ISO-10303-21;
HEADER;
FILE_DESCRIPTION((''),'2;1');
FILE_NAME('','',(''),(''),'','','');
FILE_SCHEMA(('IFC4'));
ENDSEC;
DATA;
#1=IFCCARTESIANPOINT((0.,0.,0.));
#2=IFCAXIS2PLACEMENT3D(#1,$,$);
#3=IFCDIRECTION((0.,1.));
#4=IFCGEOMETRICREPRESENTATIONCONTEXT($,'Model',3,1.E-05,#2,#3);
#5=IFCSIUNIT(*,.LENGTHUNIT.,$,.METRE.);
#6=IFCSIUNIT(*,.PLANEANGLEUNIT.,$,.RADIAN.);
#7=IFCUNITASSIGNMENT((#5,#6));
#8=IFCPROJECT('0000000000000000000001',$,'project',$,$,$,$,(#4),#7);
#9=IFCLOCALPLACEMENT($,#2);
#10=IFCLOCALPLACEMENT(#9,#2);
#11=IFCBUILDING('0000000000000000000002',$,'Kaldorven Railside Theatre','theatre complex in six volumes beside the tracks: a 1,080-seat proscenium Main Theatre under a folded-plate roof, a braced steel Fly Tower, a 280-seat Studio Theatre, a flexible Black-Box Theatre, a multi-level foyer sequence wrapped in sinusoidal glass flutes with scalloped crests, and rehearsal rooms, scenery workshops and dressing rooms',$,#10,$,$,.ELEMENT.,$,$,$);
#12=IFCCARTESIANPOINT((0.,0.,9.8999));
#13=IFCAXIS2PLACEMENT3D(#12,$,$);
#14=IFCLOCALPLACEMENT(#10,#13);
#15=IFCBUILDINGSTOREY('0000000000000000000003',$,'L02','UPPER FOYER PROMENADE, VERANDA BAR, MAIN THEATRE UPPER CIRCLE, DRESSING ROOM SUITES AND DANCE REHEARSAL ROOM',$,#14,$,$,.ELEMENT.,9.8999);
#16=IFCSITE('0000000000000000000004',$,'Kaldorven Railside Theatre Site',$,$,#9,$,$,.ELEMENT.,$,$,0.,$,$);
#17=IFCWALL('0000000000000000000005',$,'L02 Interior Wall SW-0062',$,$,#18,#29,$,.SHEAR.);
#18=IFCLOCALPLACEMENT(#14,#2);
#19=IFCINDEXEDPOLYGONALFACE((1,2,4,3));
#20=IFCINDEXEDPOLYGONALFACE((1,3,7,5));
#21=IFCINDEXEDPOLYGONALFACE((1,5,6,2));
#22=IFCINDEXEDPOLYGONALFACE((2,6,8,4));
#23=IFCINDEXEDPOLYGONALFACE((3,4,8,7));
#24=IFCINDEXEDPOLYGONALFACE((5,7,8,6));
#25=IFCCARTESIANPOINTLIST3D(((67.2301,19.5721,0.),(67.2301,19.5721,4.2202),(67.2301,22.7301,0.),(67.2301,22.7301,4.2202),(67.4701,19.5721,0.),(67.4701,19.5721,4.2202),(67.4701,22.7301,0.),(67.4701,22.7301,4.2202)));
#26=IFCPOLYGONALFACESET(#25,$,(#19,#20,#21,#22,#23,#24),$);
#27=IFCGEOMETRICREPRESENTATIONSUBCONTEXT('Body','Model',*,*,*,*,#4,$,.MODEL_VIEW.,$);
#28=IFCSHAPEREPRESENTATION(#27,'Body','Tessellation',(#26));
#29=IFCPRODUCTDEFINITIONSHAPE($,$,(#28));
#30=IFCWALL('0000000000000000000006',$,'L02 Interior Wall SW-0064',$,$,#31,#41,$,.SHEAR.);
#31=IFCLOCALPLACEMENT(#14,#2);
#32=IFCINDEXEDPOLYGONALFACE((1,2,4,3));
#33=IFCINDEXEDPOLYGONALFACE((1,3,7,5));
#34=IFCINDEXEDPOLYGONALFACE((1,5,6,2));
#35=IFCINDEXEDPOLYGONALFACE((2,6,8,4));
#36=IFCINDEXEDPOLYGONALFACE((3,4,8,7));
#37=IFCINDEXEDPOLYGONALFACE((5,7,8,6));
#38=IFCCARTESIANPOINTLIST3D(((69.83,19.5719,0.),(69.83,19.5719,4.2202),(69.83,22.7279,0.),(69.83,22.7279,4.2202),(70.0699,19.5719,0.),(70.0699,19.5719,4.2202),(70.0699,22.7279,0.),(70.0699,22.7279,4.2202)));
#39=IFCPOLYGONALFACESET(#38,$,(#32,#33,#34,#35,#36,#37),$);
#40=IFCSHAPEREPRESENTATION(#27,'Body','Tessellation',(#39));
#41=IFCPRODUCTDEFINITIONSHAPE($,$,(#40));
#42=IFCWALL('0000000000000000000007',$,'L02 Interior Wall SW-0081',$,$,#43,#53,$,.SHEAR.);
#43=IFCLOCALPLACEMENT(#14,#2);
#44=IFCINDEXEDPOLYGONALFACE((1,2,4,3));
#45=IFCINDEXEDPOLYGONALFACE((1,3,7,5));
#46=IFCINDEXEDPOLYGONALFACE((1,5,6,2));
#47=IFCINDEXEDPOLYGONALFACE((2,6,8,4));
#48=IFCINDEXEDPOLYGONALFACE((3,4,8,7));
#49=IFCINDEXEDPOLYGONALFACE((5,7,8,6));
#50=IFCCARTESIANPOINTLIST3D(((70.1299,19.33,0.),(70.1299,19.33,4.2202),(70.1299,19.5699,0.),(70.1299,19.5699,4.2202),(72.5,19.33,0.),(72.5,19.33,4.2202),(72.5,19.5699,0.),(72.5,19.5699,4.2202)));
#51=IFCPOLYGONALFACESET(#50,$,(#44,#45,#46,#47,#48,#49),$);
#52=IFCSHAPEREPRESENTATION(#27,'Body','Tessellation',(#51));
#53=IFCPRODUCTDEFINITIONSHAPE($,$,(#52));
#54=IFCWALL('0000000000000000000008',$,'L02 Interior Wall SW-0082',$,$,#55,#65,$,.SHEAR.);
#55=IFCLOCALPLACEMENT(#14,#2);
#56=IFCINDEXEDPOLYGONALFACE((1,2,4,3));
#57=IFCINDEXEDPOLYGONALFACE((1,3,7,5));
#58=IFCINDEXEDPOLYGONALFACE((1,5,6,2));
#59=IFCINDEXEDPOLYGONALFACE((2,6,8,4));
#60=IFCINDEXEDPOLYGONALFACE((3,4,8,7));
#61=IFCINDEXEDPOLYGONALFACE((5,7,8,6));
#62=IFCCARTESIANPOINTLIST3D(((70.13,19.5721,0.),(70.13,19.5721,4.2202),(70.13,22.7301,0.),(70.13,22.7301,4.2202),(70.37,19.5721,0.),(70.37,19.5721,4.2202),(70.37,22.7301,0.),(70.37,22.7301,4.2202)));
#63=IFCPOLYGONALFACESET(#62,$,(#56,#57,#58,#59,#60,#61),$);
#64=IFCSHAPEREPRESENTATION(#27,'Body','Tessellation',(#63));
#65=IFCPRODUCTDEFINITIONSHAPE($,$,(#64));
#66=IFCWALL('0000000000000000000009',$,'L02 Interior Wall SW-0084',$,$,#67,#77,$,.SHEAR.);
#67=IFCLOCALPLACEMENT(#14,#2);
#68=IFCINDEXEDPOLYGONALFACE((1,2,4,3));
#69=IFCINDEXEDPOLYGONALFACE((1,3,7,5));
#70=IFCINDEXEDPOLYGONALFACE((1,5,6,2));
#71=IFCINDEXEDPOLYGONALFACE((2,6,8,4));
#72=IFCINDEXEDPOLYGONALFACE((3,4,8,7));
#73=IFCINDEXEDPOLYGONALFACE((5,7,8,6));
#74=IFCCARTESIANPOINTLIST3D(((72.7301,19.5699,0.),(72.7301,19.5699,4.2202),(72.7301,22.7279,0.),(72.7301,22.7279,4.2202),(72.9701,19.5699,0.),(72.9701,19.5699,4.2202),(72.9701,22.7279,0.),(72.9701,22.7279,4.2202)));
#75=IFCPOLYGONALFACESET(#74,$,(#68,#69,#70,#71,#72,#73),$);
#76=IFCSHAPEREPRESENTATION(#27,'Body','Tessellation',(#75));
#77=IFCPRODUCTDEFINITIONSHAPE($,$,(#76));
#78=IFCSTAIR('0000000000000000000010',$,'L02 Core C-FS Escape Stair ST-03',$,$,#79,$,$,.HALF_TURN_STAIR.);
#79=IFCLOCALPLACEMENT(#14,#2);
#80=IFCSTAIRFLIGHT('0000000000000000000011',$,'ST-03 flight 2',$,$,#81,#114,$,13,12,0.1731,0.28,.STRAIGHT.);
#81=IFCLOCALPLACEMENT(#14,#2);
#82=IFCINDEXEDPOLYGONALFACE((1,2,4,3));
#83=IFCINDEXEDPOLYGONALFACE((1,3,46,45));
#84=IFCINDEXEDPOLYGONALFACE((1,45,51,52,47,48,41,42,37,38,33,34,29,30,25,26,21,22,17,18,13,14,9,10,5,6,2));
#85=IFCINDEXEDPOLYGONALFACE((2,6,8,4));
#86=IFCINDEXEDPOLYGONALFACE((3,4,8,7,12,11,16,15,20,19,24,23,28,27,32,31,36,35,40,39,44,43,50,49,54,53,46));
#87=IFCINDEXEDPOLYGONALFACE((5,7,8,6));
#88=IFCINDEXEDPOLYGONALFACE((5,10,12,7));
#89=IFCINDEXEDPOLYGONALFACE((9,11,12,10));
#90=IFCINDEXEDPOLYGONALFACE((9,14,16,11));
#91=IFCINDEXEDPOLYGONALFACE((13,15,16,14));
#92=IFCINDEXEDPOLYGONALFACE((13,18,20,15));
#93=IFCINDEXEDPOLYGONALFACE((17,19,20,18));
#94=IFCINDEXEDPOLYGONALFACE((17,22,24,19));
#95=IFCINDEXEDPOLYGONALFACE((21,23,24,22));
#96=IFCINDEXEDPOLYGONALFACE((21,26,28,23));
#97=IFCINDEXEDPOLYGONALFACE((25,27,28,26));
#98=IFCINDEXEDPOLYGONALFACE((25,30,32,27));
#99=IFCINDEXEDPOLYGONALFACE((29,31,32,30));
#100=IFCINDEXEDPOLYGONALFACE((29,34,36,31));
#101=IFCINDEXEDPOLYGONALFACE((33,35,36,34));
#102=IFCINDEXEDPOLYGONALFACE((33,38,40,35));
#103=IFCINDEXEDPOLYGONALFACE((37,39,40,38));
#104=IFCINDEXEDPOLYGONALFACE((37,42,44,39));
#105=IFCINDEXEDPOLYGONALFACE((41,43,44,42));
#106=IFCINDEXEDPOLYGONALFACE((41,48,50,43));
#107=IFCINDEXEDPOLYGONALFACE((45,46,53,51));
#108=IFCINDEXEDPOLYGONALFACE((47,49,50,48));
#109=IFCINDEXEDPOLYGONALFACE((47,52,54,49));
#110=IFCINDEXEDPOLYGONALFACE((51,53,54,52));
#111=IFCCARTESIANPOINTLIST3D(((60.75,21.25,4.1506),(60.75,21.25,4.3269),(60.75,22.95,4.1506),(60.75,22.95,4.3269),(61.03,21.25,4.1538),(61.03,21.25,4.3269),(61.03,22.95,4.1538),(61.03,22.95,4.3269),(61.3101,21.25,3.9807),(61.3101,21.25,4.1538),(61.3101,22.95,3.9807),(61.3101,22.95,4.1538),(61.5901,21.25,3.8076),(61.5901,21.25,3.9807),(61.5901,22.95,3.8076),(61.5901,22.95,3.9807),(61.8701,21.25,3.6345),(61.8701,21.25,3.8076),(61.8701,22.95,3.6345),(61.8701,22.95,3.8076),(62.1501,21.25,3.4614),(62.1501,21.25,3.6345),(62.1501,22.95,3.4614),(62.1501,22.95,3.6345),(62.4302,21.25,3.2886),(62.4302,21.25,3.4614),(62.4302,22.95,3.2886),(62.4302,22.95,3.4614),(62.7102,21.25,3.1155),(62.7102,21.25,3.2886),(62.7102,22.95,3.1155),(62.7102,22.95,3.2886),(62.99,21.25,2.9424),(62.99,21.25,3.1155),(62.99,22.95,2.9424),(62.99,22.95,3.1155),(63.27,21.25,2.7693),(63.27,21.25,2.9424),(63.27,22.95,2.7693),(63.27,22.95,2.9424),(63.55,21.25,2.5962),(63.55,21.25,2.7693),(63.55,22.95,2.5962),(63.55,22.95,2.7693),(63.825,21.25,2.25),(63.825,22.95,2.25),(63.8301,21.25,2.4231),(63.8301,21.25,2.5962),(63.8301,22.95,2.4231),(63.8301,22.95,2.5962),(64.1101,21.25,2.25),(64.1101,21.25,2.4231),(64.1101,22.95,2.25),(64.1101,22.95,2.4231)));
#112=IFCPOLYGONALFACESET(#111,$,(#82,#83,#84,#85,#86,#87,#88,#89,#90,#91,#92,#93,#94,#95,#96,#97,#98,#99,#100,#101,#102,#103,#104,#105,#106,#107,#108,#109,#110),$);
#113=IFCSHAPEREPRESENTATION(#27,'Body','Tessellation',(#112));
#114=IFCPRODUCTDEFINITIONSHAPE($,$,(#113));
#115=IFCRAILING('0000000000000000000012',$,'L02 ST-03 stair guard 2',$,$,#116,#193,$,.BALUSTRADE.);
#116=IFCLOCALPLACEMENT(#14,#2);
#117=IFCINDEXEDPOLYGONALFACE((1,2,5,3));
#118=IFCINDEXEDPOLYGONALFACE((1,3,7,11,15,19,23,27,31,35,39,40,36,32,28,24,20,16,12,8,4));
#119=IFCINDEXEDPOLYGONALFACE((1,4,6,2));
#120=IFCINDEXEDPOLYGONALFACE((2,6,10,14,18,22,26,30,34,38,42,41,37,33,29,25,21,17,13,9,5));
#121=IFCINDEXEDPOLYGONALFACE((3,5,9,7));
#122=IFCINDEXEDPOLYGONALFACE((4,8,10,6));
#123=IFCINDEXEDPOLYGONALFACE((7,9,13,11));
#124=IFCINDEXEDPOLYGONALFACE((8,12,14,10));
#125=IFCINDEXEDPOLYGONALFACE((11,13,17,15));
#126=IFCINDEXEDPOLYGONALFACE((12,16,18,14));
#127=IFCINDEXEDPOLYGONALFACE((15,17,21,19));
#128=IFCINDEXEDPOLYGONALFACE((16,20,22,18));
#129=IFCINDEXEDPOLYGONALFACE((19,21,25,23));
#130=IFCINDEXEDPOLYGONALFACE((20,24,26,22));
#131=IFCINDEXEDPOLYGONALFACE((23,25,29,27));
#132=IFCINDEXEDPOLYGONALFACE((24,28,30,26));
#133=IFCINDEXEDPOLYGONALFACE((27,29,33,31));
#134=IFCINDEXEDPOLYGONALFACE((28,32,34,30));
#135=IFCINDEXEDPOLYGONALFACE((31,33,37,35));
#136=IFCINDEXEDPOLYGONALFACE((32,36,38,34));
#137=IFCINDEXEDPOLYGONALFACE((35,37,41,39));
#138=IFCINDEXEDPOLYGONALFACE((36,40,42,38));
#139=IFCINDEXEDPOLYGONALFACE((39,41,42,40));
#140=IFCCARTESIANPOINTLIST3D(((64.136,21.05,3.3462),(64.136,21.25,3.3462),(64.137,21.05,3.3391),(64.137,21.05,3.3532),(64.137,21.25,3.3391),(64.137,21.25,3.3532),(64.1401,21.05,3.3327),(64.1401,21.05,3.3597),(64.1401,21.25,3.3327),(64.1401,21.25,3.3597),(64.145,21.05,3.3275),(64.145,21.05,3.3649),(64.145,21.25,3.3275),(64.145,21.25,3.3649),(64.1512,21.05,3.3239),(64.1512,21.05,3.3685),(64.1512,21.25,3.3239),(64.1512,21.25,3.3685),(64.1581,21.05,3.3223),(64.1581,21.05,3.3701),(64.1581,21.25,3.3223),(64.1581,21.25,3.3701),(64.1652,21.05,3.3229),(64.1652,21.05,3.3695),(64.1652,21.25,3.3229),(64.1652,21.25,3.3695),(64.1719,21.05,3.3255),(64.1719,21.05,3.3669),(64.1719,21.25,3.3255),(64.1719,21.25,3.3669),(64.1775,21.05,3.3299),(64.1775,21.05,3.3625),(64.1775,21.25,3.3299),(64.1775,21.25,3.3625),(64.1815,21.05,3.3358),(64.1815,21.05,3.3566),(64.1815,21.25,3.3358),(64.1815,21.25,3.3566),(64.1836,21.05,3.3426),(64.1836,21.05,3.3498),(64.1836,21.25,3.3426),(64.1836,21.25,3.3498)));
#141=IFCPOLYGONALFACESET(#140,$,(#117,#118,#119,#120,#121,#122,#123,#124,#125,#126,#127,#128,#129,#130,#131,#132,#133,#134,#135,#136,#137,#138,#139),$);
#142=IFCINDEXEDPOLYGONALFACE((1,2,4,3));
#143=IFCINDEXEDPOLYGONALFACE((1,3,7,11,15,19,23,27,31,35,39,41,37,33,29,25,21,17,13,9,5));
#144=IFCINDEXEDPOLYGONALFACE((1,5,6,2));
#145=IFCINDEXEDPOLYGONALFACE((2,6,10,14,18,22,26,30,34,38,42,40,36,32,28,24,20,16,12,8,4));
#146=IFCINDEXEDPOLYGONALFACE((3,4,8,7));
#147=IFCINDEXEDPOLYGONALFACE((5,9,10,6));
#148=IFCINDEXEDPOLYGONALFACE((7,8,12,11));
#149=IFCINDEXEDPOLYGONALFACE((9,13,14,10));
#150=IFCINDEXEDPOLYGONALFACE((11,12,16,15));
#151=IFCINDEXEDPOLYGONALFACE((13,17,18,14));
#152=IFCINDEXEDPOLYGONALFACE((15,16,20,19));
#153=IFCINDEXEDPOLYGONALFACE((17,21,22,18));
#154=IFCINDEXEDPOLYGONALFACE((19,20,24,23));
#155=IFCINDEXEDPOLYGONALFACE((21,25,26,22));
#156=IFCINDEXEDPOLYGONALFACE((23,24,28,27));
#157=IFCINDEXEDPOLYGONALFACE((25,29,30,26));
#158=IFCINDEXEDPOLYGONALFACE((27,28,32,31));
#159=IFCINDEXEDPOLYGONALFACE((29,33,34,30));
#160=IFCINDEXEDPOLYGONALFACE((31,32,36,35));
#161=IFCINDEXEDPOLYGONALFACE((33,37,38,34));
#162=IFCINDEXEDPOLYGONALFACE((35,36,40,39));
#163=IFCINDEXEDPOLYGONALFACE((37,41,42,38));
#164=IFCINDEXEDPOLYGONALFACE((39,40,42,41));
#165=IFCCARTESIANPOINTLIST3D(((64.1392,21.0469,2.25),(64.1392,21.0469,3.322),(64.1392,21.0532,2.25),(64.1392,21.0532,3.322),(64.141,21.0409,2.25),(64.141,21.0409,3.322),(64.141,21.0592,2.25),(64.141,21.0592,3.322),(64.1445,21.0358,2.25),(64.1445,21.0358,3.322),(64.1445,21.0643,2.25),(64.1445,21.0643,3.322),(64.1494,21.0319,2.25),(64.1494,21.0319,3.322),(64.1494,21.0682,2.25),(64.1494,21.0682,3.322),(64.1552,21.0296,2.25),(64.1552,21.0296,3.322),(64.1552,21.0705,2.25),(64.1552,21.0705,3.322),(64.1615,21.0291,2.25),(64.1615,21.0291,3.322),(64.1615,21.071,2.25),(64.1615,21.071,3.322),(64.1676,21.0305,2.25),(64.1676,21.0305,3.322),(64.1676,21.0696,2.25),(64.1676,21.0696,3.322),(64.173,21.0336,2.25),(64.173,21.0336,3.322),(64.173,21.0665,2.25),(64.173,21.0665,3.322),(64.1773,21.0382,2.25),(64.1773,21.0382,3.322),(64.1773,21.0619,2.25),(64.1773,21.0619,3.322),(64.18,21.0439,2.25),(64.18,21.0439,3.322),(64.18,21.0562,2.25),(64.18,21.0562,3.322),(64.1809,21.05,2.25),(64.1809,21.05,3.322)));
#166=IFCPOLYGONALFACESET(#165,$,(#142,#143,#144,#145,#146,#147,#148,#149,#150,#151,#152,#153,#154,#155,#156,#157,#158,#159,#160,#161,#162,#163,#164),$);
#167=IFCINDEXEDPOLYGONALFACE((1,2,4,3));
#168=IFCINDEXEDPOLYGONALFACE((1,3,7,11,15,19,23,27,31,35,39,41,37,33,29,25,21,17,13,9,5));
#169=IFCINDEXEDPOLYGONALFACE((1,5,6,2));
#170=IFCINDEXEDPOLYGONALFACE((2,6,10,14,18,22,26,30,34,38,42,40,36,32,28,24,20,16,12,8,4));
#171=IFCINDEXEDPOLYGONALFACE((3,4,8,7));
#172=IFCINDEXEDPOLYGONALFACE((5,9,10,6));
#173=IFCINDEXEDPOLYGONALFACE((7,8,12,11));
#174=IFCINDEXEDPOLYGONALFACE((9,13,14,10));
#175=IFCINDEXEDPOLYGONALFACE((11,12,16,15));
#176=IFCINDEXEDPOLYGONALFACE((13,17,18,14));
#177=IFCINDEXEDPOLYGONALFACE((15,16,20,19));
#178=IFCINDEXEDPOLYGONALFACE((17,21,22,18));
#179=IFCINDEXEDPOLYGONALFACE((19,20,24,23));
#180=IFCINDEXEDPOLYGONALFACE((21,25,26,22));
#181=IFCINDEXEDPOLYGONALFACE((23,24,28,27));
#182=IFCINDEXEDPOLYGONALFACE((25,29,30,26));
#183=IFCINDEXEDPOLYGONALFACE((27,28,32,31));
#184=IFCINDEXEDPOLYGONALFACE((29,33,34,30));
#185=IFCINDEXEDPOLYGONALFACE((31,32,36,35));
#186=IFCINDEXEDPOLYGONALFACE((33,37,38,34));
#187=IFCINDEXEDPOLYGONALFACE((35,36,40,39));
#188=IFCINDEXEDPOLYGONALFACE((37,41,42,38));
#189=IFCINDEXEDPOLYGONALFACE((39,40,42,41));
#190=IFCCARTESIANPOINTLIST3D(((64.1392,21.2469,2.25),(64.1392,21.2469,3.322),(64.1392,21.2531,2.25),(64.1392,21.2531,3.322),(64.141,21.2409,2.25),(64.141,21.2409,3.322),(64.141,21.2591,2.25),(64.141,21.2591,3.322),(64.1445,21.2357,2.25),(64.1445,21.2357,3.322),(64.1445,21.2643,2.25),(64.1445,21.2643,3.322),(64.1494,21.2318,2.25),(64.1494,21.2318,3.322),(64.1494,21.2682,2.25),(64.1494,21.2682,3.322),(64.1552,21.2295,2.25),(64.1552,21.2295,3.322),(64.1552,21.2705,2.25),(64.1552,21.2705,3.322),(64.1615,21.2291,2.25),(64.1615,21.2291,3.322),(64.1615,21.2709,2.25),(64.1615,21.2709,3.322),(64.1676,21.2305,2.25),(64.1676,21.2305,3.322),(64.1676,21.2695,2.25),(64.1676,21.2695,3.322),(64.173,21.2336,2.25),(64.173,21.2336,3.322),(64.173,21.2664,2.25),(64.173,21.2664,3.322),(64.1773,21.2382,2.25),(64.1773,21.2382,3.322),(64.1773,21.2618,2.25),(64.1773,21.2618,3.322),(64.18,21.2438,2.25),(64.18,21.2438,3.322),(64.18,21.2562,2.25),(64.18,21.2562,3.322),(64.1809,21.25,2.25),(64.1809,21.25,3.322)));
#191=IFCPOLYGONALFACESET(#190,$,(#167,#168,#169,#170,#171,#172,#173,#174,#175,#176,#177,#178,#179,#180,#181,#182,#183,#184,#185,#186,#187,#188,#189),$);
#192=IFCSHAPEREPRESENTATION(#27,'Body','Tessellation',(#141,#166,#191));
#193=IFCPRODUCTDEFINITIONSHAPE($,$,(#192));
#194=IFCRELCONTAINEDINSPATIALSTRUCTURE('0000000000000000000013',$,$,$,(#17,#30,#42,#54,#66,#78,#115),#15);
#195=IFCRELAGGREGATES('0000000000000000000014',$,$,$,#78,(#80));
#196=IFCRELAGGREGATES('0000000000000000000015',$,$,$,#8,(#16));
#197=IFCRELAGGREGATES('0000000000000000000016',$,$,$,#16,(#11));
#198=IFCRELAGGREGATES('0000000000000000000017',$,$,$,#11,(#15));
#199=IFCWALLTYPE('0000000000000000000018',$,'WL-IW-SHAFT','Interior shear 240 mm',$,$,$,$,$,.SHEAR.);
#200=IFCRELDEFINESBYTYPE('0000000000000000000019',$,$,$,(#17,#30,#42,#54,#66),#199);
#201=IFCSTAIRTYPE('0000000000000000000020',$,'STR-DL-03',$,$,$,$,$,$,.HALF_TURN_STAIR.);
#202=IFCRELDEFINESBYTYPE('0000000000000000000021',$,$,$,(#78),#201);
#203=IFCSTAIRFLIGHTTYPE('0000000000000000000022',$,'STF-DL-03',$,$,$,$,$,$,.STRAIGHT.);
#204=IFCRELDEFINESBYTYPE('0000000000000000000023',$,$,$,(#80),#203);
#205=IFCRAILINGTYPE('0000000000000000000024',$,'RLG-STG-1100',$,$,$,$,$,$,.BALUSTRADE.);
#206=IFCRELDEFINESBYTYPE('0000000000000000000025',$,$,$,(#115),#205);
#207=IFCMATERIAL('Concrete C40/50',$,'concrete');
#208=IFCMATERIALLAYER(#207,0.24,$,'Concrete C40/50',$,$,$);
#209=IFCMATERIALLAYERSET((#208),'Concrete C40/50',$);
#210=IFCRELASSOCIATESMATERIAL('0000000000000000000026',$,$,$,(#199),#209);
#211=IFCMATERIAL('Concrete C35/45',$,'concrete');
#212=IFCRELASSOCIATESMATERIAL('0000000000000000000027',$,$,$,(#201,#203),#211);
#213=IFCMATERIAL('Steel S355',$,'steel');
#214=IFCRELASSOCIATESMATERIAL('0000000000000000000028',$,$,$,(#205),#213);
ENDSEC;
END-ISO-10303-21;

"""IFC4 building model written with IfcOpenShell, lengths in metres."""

from ifc_helpers import new_model, si_unit, direction, frame, frame_2d, origin, origin_2d, place, context, subcontext, project, spatial, polyline, rectangle, circle, outline, extrude, material, layer, layer_set, type_object, element, aggregate, save


model = new_model("IFC4")

# Units and contexts
model_context = context("Model", 3, precision=1e-05, world=origin(), true_north=direction((0.0, 1.0)))
body_context = subcontext(model_context, "Body", "Model", "MODEL_VIEW")
ifc_project = project(units=[si_unit("LENGTHUNIT", "METRE"), si_unit("PLANEANGLEUNIT", "RADIAN")], contexts=[model_context])

# Site, building, storey
site_placement = place(None, origin())
site = spatial("IfcSite", under=ifc_project, at=site_placement, Name="Kaldorven Railside Theatre Site", CompositionType="ELEMENT", RefElevation=0.0)
building_placement = place(site_placement, origin())
building = spatial("IfcBuilding", under=site, at=building_placement, Name="Kaldorven Railside Theatre", Description="theatre complex in six volumes beside the tracks: a 1,080-seat proscenium Main Theatre under a folded-plate roof, a braced steel Fly Tower, a 280-seat Studio Theatre, a flexible Black-Box Theatre, a multi-level foyer sequence wrapped in sinusoidal glass flutes with scalloped crests, and rehearsal rooms, scenery workshops and dressing rooms", CompositionType="ELEMENT")
storey_placement = place(building_placement, frame((0.0, 0.0, 9.8999)))
storey = spatial("IfcBuildingStorey", under=building, at=storey_placement, Name="L02", Description="UPPER FOYER PROMENADE, VERANDA BAR, MAIN THEATRE UPPER CIRCLE, DRESSING ROOM SUITES AND DANCE REHEARSAL ROOM", CompositionType="ELEMENT", Elevation=9.8999)

# Shared definitions
ifc_material_1 = material(Name="Concrete C40/50", Category="concrete")

# Shared definitions
ifc_material_2 = material(Name="Steel S355", Category="steel")

# Wall
ifc_layer_1 = layer(ifc_material_1, 0.24, Name="Concrete C40/50")
ifc_layer_set_1 = layer_set([ifc_layer_1], Name="Concrete C40/50")
wall_type_1 = type_object("IfcWallType", Name="WL-IW-SHAFT", Description="Interior shear 240 mm", PredefinedType="SHEAR", material=ifc_layer_set_1)
wall_1_placement = place(storey_placement, frame((67.3501, 19.572, 0.0), z_axis=(0.0, 0.0, 1.0), x_axis=(0.0, 1.0, 0.0)))
element("IfcWall", 1, at=wall_1_placement, inside=storey, type_object=wall_type_1, Name="L02 Interior Wall SW-0062", PredefinedType="SHEAR", context=body_context, shape_type="SweptSolid", body=[
    extrude(rectangle(XDim=3.158, YDim=0.24, at=frame_2d((1.5791, 0.0))), origin(), (0.0, 0.0, 1.0), 4.2202),
])

# Walls
wall_2_placement = place(storey_placement, frame((69.95, 22.728, 0.0), z_axis=(0.0, 0.0, 1.0), x_axis=(0.0, -1.0, 0.0)))
element("IfcWall", 2, at=wall_2_placement, inside=storey, type_object=wall_type_1, Name="L02 Interior Wall SW-0064", PredefinedType="SHEAR", context=body_context, shape_type="SweptSolid", body=[
    extrude(rectangle(XDim=3.156, YDim=0.24, at=frame_2d((1.5781, 0.0))), origin(), (0.0, 0.0, 1.0), 4.2202),
])
wall_3_placement = place(storey_placement, frame((72.5, 19.45, 0.0), z_axis=(0.0, 0.0, 1.0), x_axis=(-1.0, 0.0, 0.0)))
element("IfcWall", 3, at=wall_3_placement, inside=storey, type_object=wall_type_1, Name="L02 Interior Wall SW-0081", PredefinedType="SHEAR", context=body_context, shape_type="SweptSolid", body=[
    extrude(rectangle(XDim=2.3701, YDim=0.24, at=frame_2d((1.1851, 0.0))), origin(), (0.0, 0.0, 1.0), 4.2202),
])
wall_4_placement = place(storey_placement, frame((70.25, 19.572, 0.0), z_axis=(0.0, 0.0, 1.0), x_axis=(0.0, 1.0, 0.0)))
element("IfcWall", 4, at=wall_4_placement, inside=storey, type_object=wall_type_1, Name="L02 Interior Wall SW-0082", PredefinedType="SHEAR", context=body_context, shape_type="SweptSolid", body=[
    extrude(rectangle(XDim=3.158, YDim=0.24, at=frame_2d((1.5791, 0.0))), origin(), (0.0, 0.0, 1.0), 4.2202),
])

# Wall
wall_5_placement = place(storey_placement, frame((72.8501, 22.728, 0.0), z_axis=(0.0, 0.0, 1.0), x_axis=(0.0, -1.0, 0.0)))
element("IfcWall", 5, at=wall_5_placement, inside=storey, type_object=wall_type_1, Name="L02 Interior Wall SW-0084", PredefinedType="SHEAR", context=body_context, shape_type="SweptSolid", body=[
    extrude(rectangle(XDim=3.158, YDim=0.24, at=frame_2d((1.5791, 0.0))), origin(), (0.0, 0.0, 1.0), 4.2202),
])

# Stair, stair flight
ifc_material_3 = material(Name="Concrete C35/45", Category="concrete")
stair_type = type_object("IfcStairType", Name="STR-DL-03", PredefinedType="HALF_TURN_STAIR", material=ifc_material_3)
stair_placement = place(storey_placement, origin())
stair = element("IfcStair", 6, at=stair_placement, inside=storey, type_object=stair_type, Name="L02 Core C-FS Escape Stair ST-03", PredefinedType="HALF_TURN_STAIR")
stair_flight_type = type_object("IfcStairFlightType", Name="STF-DL-03", PredefinedType="STRAIGHT", material=ifc_material_3)
stair_flight_placement = place(storey_placement, frame((64.1101, 22.1001, 2.25), z_axis=(0.0, 0.0, 1.0), x_axis=(-1.0, 0.0, 0.0)))
stair_flight = element("IfcStairFlight", 7, at=stair_flight_placement, type_object=stair_flight_type, Name="ST-03 flight 2", NumberOfRisers=13, NumberOfTreads=12, PredefinedType="STRAIGHT", RiserHeight=0.1731, TreadLength=0.28, context=body_context, shape_type="SweptSolid", body=[
    extrude(outline(polyline([(0.0, 0.0), (0.0, 0.1731), (0.28, 0.1731), (0.28, 0.3462), (0.5601, 0.3462), (0.5601, 0.5193), (0.8401, 0.5193), (0.8401, 0.6924), (1.1201, 0.6924), (1.1201, 0.8655), (1.3999, 0.8655), (1.3999, 1.0386), (1.6799, 1.0386), (1.6799, 1.2114), (1.96, 1.2114), (1.96, 1.3845), (2.24, 1.3845), (2.24, 1.5576), (2.52, 1.5576), (2.52, 1.7307), (2.8, 1.7307), (2.8, 1.9038), (3.0801, 1.9038), (3.0801, 2.0769), (3.3601, 2.0769), (3.3601, 2.25), (3.3601, 1.9006), (0.2852, 0.0), (0.0, 0.0)])), frame((0.0, 0.8501, 0.0), z_axis=(0.0, -1.0, 0.0), x_axis=(1.0, 0.0, 0.0)), (0.0, 0.0, 1.0), 1.7),
])
aggregate(stair, [stair_flight])

# Railing
railing_type_1 = type_object("IfcRailingType", Name="RLG-STG-1100", PredefinedType="BALUSTRADE", material=ifc_material_2)
railing_1_placement = place(storey_placement, frame((64.1599, 21.05, 2.25)))
element("IfcRailing", 8, at=railing_1_placement, inside=storey, type_object=railing_type_1, Name="L02 ST-03 stair guard 2", PredefinedType="BALUSTRADE", context=body_context, shape_type="SweptSolid", body=[
    extrude(circle(Radius=0.0239, at=origin_2d()), frame((0.0, 0.0, 1.0962), z_axis=(0.0, 1.0, 0.0), x_axis=(-1.0, 0.0, 0.0)), (0.0, 0.0, 1.0), 0.2),
    extrude(circle(Radius=0.021, at=origin_2d()), origin(), (0.0, 0.0, 1.0), 1.072),
    extrude(circle(Radius=0.021, at=origin_2d()), frame((0.0, 0.2, 0.0)), (0.0, 0.0, 1.0), 1.072),
])

save(model, "model.ifc")
